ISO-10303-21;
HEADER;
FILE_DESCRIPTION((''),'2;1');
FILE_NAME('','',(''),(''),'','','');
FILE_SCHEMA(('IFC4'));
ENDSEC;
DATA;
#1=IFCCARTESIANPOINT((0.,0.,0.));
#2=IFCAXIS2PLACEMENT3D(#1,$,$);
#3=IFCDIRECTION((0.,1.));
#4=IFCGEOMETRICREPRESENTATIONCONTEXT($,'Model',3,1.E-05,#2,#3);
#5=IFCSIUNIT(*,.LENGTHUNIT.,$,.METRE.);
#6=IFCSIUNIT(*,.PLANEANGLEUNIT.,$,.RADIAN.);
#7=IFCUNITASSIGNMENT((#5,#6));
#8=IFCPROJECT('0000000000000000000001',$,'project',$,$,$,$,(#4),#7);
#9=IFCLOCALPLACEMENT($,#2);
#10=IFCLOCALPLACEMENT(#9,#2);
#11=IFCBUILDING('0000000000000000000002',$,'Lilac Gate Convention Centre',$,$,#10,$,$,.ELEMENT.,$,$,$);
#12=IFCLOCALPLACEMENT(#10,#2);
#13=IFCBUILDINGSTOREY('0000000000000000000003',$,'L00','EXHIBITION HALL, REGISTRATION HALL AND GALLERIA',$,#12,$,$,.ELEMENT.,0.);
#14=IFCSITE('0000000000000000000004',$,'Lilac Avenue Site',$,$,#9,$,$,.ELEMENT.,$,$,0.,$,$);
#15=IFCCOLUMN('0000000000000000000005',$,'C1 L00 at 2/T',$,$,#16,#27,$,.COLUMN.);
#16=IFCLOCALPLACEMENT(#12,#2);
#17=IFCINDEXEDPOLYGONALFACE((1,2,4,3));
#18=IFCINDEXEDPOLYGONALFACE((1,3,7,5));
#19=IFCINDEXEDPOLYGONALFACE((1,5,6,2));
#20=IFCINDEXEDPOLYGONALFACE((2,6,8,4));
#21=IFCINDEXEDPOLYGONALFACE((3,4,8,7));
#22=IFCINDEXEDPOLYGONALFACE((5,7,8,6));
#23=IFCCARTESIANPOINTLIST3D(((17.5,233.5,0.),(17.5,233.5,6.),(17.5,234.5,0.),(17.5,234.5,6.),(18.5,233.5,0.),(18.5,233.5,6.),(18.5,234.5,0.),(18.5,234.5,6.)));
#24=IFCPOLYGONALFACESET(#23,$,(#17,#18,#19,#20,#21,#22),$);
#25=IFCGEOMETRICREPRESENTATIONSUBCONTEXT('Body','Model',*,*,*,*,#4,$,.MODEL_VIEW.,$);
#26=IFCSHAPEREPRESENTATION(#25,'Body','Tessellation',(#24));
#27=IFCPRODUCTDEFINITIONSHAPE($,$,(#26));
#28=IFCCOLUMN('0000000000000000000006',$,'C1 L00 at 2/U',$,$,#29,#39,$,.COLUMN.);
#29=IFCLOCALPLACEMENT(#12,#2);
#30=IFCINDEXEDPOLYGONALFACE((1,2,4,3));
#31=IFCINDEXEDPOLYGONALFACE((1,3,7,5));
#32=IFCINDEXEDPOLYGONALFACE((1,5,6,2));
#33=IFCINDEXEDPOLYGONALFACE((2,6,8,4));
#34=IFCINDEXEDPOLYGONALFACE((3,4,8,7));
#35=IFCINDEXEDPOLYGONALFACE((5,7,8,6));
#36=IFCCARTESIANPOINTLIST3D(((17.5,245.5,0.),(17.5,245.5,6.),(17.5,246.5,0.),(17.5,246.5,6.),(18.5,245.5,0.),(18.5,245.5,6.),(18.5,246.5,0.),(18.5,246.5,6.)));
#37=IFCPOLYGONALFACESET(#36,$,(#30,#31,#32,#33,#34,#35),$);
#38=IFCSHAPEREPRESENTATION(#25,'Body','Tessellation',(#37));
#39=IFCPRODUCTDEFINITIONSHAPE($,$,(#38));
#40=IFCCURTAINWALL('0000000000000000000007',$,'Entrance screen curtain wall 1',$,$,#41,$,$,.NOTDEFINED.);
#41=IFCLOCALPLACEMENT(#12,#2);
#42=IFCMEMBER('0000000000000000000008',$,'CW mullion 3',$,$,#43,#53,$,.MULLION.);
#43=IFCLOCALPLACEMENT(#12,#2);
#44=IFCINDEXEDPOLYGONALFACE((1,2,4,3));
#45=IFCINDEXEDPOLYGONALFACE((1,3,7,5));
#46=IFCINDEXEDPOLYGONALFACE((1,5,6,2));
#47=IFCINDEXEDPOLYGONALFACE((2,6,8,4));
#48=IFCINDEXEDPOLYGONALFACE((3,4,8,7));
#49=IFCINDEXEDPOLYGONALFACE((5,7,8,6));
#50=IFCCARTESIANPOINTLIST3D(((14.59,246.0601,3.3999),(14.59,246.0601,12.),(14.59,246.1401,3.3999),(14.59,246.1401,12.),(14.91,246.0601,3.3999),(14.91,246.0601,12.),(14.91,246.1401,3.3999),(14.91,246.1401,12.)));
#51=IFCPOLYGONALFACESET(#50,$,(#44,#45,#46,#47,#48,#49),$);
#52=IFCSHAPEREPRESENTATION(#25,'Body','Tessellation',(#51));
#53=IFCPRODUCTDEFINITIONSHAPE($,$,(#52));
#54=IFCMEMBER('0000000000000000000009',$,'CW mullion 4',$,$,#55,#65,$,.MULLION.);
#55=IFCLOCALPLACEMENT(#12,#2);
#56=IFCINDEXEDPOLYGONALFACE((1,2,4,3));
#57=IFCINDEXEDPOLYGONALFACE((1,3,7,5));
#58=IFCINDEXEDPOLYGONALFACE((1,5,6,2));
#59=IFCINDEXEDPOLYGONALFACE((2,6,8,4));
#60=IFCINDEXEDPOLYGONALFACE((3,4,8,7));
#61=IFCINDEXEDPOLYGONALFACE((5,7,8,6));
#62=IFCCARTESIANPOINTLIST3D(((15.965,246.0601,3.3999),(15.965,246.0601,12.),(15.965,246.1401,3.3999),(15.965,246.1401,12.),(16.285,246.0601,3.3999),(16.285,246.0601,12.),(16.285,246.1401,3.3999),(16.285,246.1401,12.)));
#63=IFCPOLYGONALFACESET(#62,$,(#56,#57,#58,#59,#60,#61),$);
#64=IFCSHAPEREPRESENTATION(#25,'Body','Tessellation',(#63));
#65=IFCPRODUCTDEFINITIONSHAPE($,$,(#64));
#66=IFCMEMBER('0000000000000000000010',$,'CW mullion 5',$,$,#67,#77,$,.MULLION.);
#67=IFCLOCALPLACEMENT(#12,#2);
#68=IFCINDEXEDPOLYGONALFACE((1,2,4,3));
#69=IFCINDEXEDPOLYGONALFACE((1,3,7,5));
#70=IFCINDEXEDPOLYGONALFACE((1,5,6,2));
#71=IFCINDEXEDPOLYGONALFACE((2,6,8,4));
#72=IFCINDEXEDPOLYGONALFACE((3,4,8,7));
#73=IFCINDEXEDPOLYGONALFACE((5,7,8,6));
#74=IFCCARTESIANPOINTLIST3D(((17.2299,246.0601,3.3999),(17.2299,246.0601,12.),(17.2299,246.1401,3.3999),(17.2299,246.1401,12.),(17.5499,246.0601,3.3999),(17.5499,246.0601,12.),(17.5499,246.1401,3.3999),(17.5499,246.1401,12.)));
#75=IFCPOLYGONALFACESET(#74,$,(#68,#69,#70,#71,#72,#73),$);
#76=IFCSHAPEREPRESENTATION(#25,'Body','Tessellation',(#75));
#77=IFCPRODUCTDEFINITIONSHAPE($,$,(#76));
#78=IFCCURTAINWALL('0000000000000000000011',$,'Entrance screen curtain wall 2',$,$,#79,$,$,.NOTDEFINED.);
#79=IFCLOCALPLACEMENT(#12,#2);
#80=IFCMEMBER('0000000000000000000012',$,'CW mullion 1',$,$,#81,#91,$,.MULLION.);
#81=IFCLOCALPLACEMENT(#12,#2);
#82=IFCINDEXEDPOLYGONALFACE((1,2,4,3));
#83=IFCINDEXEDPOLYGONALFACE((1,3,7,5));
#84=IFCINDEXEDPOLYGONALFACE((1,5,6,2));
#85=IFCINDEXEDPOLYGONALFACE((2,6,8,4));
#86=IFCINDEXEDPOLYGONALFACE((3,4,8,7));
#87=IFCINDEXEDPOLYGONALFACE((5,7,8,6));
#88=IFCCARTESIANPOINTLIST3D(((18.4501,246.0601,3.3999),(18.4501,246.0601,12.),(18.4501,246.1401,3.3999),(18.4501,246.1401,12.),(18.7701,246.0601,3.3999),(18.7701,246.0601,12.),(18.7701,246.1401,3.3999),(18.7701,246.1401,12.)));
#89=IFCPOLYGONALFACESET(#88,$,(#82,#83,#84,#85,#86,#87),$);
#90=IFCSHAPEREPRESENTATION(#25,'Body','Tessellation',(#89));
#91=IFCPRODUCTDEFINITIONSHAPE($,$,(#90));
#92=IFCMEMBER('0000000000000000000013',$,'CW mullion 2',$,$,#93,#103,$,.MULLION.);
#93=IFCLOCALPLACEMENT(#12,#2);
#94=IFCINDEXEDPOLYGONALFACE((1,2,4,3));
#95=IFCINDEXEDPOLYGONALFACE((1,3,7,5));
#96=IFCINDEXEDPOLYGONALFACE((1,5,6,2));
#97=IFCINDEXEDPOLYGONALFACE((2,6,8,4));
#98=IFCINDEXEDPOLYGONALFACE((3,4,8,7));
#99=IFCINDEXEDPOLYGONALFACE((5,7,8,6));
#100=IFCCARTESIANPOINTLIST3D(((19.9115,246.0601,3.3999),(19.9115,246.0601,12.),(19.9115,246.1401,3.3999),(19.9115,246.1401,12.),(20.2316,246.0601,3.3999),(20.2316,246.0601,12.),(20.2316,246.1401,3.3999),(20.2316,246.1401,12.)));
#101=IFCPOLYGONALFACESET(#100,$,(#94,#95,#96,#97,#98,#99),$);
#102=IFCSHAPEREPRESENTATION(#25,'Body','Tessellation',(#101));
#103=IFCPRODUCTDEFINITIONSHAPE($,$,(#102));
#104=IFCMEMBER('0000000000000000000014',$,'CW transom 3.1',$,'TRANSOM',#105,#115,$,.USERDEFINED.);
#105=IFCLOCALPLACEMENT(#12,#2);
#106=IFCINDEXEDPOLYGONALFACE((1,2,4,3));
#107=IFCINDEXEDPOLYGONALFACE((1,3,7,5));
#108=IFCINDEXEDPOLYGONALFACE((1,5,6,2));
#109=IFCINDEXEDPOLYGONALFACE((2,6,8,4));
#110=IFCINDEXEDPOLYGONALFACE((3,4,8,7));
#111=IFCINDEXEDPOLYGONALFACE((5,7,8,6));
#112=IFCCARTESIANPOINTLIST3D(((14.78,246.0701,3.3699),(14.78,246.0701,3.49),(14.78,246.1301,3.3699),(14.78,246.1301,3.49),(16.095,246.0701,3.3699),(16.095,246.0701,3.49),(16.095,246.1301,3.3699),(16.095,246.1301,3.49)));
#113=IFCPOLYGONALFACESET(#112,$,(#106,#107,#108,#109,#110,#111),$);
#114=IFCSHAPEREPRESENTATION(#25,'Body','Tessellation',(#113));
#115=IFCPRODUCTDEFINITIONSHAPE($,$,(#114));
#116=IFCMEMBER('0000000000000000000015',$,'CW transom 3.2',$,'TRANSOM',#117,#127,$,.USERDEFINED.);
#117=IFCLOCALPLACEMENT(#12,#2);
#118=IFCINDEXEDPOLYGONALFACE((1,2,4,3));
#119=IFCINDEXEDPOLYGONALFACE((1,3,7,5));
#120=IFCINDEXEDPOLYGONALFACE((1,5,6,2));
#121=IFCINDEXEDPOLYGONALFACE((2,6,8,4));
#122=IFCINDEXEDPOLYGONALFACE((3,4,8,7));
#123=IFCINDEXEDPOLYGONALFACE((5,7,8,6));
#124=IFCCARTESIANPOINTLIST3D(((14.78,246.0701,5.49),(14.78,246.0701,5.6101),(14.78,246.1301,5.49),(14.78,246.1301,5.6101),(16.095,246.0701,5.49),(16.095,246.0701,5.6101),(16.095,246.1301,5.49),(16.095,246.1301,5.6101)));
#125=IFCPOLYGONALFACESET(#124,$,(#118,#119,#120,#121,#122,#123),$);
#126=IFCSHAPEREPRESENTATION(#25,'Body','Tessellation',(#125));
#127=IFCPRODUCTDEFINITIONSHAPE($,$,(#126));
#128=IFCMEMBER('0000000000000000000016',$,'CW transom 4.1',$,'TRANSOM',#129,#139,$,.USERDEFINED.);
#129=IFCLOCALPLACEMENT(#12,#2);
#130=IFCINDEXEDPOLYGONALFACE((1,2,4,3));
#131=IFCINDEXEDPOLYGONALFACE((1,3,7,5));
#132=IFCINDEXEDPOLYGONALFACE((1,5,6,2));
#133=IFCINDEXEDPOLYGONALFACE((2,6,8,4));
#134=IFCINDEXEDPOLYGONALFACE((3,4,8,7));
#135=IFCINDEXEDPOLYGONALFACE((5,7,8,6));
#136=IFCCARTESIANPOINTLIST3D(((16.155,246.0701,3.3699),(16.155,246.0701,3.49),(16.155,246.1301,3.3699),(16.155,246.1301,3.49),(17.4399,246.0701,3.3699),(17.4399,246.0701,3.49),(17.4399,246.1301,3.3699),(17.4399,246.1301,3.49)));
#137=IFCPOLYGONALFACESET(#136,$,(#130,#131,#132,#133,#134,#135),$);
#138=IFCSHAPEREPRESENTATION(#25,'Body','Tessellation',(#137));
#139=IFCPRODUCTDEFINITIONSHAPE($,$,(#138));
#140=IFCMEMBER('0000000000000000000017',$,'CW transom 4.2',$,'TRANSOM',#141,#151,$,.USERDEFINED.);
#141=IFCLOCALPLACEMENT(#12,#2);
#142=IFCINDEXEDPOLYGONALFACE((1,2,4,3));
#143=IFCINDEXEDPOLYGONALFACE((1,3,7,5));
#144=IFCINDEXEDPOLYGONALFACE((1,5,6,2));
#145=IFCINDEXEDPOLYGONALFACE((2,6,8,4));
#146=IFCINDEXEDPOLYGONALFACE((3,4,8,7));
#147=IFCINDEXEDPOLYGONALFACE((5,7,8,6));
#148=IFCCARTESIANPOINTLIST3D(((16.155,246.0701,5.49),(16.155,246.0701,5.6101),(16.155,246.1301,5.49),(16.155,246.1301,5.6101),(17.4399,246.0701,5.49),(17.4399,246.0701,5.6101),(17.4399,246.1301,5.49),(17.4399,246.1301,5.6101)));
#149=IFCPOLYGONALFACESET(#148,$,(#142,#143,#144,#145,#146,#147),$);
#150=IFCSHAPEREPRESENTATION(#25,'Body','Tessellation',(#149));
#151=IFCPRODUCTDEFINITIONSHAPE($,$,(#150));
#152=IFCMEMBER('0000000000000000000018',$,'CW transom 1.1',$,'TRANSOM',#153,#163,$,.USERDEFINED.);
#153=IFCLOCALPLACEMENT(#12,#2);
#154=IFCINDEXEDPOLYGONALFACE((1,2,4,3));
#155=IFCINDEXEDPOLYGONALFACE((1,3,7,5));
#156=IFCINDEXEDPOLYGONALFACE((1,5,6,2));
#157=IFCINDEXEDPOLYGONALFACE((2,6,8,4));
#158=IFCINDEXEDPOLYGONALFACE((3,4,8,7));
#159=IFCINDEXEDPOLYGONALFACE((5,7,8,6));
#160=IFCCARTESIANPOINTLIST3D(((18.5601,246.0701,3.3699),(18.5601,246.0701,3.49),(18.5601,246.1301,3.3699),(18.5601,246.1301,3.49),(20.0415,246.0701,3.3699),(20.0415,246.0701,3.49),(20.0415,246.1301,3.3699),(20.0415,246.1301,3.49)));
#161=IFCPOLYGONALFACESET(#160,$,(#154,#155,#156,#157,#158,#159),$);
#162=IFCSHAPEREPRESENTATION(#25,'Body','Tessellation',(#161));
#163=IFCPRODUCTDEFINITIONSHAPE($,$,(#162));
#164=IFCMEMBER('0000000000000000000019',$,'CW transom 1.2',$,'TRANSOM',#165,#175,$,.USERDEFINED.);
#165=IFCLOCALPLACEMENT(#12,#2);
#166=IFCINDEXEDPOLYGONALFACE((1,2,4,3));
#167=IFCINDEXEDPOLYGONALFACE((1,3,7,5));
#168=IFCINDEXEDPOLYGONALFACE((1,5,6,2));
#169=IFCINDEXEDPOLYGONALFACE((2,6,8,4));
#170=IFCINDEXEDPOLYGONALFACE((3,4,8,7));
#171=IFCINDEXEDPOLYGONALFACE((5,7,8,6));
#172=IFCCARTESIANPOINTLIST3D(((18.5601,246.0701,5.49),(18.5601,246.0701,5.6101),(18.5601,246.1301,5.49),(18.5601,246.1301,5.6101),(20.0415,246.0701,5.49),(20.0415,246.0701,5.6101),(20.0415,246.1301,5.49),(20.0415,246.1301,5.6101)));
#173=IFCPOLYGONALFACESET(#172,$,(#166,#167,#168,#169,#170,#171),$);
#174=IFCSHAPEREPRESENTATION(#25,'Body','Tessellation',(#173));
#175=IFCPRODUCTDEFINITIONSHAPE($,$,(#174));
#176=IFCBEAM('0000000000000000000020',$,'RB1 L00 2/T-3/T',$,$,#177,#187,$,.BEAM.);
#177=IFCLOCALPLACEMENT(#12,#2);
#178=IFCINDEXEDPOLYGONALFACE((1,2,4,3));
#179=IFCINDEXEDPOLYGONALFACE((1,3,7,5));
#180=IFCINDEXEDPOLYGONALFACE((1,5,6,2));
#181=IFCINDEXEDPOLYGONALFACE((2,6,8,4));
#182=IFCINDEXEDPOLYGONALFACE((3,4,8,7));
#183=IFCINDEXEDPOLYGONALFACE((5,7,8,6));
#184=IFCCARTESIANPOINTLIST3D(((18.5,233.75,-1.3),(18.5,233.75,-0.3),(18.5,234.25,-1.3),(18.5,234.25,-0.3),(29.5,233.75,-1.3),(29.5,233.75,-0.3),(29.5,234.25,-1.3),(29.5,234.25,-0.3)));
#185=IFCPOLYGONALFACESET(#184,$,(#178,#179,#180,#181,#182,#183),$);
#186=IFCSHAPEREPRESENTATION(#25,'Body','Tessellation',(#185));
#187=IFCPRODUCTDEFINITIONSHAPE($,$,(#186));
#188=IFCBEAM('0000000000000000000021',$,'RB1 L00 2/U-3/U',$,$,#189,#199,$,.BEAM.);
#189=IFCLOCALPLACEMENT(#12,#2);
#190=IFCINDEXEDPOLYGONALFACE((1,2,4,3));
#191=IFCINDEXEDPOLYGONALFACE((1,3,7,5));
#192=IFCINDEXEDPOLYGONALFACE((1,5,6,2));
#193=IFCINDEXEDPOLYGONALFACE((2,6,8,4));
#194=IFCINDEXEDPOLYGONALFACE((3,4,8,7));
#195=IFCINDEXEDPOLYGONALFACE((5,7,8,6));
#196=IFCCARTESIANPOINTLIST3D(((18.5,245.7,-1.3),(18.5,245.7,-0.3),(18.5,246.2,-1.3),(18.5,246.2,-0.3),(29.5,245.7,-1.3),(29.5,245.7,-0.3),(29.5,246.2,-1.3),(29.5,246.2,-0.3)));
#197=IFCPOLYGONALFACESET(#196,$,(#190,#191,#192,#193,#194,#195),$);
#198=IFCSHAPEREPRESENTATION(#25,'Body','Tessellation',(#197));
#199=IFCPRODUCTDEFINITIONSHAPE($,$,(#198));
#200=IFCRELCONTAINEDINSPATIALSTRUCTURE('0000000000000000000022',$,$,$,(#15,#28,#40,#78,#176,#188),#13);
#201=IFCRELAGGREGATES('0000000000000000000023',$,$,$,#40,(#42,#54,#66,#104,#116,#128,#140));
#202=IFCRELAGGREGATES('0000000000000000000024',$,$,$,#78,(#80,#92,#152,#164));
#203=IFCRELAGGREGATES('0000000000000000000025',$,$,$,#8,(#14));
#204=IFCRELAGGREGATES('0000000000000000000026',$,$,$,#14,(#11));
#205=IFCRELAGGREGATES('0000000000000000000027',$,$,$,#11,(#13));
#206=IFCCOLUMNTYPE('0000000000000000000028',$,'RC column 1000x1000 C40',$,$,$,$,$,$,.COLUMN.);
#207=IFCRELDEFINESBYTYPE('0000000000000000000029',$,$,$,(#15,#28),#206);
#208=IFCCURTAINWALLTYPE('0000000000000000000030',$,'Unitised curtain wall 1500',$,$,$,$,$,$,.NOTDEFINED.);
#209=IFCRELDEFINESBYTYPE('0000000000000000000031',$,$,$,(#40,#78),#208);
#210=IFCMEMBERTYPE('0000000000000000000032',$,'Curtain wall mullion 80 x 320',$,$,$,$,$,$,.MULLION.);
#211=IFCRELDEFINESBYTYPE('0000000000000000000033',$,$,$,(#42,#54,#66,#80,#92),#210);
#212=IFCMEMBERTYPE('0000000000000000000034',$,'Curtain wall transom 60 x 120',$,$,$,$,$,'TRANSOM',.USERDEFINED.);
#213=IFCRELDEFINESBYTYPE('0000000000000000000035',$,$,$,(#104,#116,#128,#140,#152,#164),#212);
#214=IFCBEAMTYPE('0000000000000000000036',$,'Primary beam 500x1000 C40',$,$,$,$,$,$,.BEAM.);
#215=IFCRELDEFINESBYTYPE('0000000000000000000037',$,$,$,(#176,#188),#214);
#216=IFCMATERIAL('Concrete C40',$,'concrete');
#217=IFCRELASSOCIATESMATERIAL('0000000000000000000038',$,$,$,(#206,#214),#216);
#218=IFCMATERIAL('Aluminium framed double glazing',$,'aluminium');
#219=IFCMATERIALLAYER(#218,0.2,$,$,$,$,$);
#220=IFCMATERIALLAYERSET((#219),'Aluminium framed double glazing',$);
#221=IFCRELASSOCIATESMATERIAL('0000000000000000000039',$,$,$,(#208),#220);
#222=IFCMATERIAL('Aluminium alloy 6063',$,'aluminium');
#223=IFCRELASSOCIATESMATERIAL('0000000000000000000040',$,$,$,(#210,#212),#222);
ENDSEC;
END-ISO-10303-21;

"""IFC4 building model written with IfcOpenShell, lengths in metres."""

from ifc_helpers import new_model, si_unit, direction, frame, origin, origin_2d, place, context, subcontext, project, spatial, rectangle, extrude, material, layer, layer_set, material_profile, profile_set, type_object, element, aggregate, save


model = new_model("IFC4")

# Units and contexts
model_context = context("Model", 3, precision=1e-05, world=origin(), true_north=direction((0.0, 1.0)))
body_context = subcontext(model_context, "Body", "Model", "MODEL_VIEW")
ifc_project = project(units=[si_unit("LENGTHUNIT", "METRE"), si_unit("PLANEANGLEUNIT", "RADIAN")], contexts=[model_context])

# Site, building, storey
site_placement = place(None, origin())
site = spatial("IfcSite", under=ifc_project, at=site_placement, Name="Lilac Avenue Site", CompositionType="ELEMENT", RefElevation=0.0)
building_placement = place(site_placement, origin())
building = spatial("IfcBuilding", under=site, at=building_placement, Name="Lilac Gate Convention Centre", CompositionType="ELEMENT")
storey_placement = place(building_placement, origin())
storey = spatial("IfcBuildingStorey", under=building, at=storey_placement, Name="L00", Description="EXHIBITION HALL, REGISTRATION HALL AND GALLERIA", CompositionType="ELEMENT", Elevation=0.0)

# Columns
ifc_material_1 = material(Name="Concrete C40", Category="concrete")
ifc_material_profile_1 = material_profile(ifc_material_1, rectangle(XDim=1.0, YDim=1.0, at=origin_2d()), Name="RC 1000x1000")
ifc_profile_set_1 = profile_set([ifc_material_profile_1], Name="Concrete C40")
column_type = type_object("IfcColumnType", Name="RC column 1000x1000 C40", PredefinedType="COLUMN", material=ifc_profile_set_1)
for number, where, z_axis, x_axis, name in (
    (1, (18.0, 234.0, 0.0), (0.0, 0.0, 1.0), (1.0, 0.0, 0.0), "C1 L00 at 2/T"),
    (2, (18.0, 246.0, 0.0), (0.0, 0.0, 1.0), (1.0, 0.0, 0.0), "C1 L00 at 2/U"),
):
    element("IfcColumn", number, at=place(storey_placement, frame(where, z_axis=z_axis, x_axis=x_axis)), inside=storey, type_object=column_type, Name=name, PredefinedType="COLUMN", context=body_context, shape_type="SweptSolid", body=[
        extrude(rectangle(XDim=1.0, YDim=1.0, at=origin_2d()), origin(), (0.0, 0.0, 1.0), 6.0),
    ])

# Curtain walls, members
ifc_material_2 = material(Name="Aluminium framed double glazing", Category="aluminium")
ifc_layer_1 = layer(ifc_material_2, 0.2)
ifc_layer_set_1 = layer_set([ifc_layer_1], Name="Aluminium framed double glazing")
curtain_wall_type = type_object("IfcCurtainWallType", Name="Unitised curtain wall 1500", PredefinedType="NOTDEFINED", material=ifc_layer_set_1)
curtain_wall_1_placement = place(storey_placement, origin())
curtain_wall_1 = element("IfcCurtainWall", 3, at=curtain_wall_1_placement, inside=storey, type_object=curtain_wall_type, Name="Entrance screen curtain wall 1", PredefinedType="NOTDEFINED")
ifc_material_3 = material(Name="Aluminium alloy 6063", Category="aluminium")
ifc_material_profile_2 = material_profile(ifc_material_3, rectangle(XDim=0.0801, YDim=0.3201, at=origin_2d()), Name="Curtain wall mullion 80 x 320")
ifc_profile_set_2 = profile_set([ifc_material_profile_2], Name="Aluminium alloy 6063")
member_type_1 = type_object("IfcMemberType", Name="Curtain wall mullion 80 x 320", PredefinedType="MULLION", material=ifc_profile_set_2)
member_1_placement = place(storey_placement, frame((14.75, 246.1001, 3.3999), z_axis=(0.0, 0.0, 1.0), x_axis=(0.0, 1.0, 0.0)))
member_1 = element("IfcMember", 4, at=member_1_placement, type_object=member_type_1, Name="CW mullion 3", PredefinedType="MULLION", context=body_context, shape_type="SweptSolid", body=[
    extrude(rectangle(XDim=0.0801, YDim=0.3201, at=origin_2d()), origin(), (0.0, 0.0, 1.0), 8.6001),
])
member_2_placement = place(storey_placement, frame((16.125, 246.1001, 3.3999), z_axis=(0.0, 0.0, 1.0), x_axis=(0.0, 1.0, 0.0)))
member_2 = element("IfcMember", 5, at=member_2_placement, type_object=member_type_1, Name="CW mullion 4", PredefinedType="MULLION", context=body_context, shape_type="SweptSolid", body=[
    extrude(rectangle(XDim=0.0801, YDim=0.3201, at=origin_2d()), origin(), (0.0, 0.0, 1.0), 8.6001),
])
member_3_placement = place(storey_placement, frame((17.3899, 246.1001, 3.3999), z_axis=(0.0, 0.0, 1.0), x_axis=(0.0, 1.0, 0.0)))
member_3 = element("IfcMember", 6, at=member_3_placement, type_object=member_type_1, Name="CW mullion 5", PredefinedType="MULLION", context=body_context, shape_type="SweptSolid", body=[
    extrude(rectangle(XDim=0.0801, YDim=0.3201, at=origin_2d()), origin(), (0.0, 0.0, 1.0), 8.6001),
])
curtain_wall_2_placement = place(storey_placement, origin())
curtain_wall_2 = element("IfcCurtainWall", 7, at=curtain_wall_2_placement, inside=storey, type_object=curtain_wall_type, Name="Entrance screen curtain wall 2", PredefinedType="NOTDEFINED")
member_4_placement = place(storey_placement, frame((18.6101, 246.1001, 3.3999), z_axis=(0.0, 0.0, 1.0), x_axis=(0.0, 1.0, 0.0)))
member_4 = element("IfcMember", 8, at=member_4_placement, type_object=member_type_1, Name="CW mullion 1", PredefinedType="MULLION", context=body_context, shape_type="SweptSolid", body=[
    extrude(rectangle(XDim=0.0801, YDim=0.3201, at=origin_2d()), origin(), (0.0, 0.0, 1.0), 8.6001),
])
member_5_placement = place(storey_placement, frame((20.0715, 246.1001, 3.3999), z_axis=(0.0, 0.0, 1.0), x_axis=(0.0, 1.0, 0.0)))
member_5 = element("IfcMember", 9, at=member_5_placement, type_object=member_type_1, Name="CW mullion 2", PredefinedType="MULLION", context=body_context, shape_type="SweptSolid", body=[
    extrude(rectangle(XDim=0.0801, YDim=0.3201, at=origin_2d()), origin(), (0.0, 0.0, 1.0), 8.6001),
])

# Members
ifc_material_profile_3 = material_profile(ifc_material_3, rectangle(XDim=0.0601, YDim=0.1201, at=origin_2d()), Name="Curtain wall transom 60 x 120")
ifc_profile_set_3 = profile_set([ifc_material_profile_3], Name="Aluminium alloy 6063")
member_type_2 = type_object("IfcMemberType", Name="Curtain wall transom 60 x 120", ElementType="TRANSOM", PredefinedType="USERDEFINED", material=ifc_profile_set_3)
member_6_placement = place(storey_placement, frame((14.78, 246.1001, 3.4299), z_axis=(1.0, 0.0, 0.0), x_axis=(0.0, 1.0, 0.0)))
member_6 = element("IfcMember", 10, at=member_6_placement, type_object=member_type_2, Name="CW transom 3.1", ObjectType="TRANSOM", PredefinedType="USERDEFINED", context=body_context, shape_type="SweptSolid", body=[
    extrude(rectangle(XDim=0.0601, YDim=0.1201, at=origin_2d()), origin(), (0.0, 0.0, 1.0), 1.3149),
])
member_7_placement = place(storey_placement, frame((14.78, 246.1001, 5.55), z_axis=(1.0, 0.0, 0.0), x_axis=(0.0, 1.0, 0.0)))
member_7 = element("IfcMember", 11, at=member_7_placement, type_object=member_type_2, Name="CW transom 3.2", ObjectType="TRANSOM", PredefinedType="USERDEFINED", context=body_context, shape_type="SweptSolid", body=[
    extrude(rectangle(XDim=0.0601, YDim=0.1201, at=origin_2d()), origin(), (0.0, 0.0, 1.0), 1.3149),
])
member_8_placement = place(storey_placement, frame((16.155, 246.1001, 3.4299), z_axis=(1.0, 0.0, 0.0), x_axis=(0.0, 1.0, 0.0)))
member_8 = element("IfcMember", 12, at=member_8_placement, type_object=member_type_2, Name="CW transom 4.1", ObjectType="TRANSOM", PredefinedType="USERDEFINED", context=body_context, shape_type="SweptSolid", body=[
    extrude(rectangle(XDim=0.0601, YDim=0.1201, at=origin_2d()), origin(), (0.0, 0.0, 1.0), 1.2849),
])
member_9_placement = place(storey_placement, frame((16.155, 246.1001, 5.55), z_axis=(1.0, 0.0, 0.0), x_axis=(0.0, 1.0, 0.0)))
member_9 = element("IfcMember", 13, at=member_9_placement, type_object=member_type_2, Name="CW transom 4.2", ObjectType="TRANSOM", PredefinedType="USERDEFINED", context=body_context, shape_type="SweptSolid", body=[
    extrude(rectangle(XDim=0.0601, YDim=0.1201, at=origin_2d()), origin(), (0.0, 0.0, 1.0), 1.2849),
])
member_10_placement = place(storey_placement, frame((18.5601, 246.1001, 3.4299), z_axis=(1.0, 0.0, 0.0), x_axis=(0.0, 1.0, 0.0)))
member_10 = element("IfcMember", 14, at=member_10_placement, type_object=member_type_2, Name="CW transom 1.1", ObjectType="TRANSOM", PredefinedType="USERDEFINED", context=body_context, shape_type="SweptSolid", body=[
    extrude(rectangle(XDim=0.0601, YDim=0.1201, at=origin_2d()), origin(), (0.0, 0.0, 1.0), 1.4814),
])
member_11_placement = place(storey_placement, frame((18.5601, 246.1001, 5.55), z_axis=(1.0, 0.0, 0.0), x_axis=(0.0, 1.0, 0.0)))
member_11 = element("IfcMember", 15, at=member_11_placement, type_object=member_type_2, Name="CW transom 1.2", ObjectType="TRANSOM", PredefinedType="USERDEFINED", context=body_context, shape_type="SweptSolid", body=[
    extrude(rectangle(XDim=0.0601, YDim=0.1201, at=origin_2d()), origin(), (0.0, 0.0, 1.0), 1.4814),
])

# Beams
ifc_material_profile_4 = material_profile(ifc_material_1, rectangle(XDim=0.5, YDim=1.0, at=origin_2d()), Name="RC 500x1000")
ifc_profile_set_4 = profile_set([ifc_material_profile_4], Name="Concrete C40")
beam_type_1 = type_object("IfcBeamType", Name="Primary beam 500x1000 C40", PredefinedType="BEAM", material=ifc_profile_set_4)
for number, where, z_axis, x_axis, name in (
    (16, (18.5, 234.0, -0.8), (1.0, 0.0, 0.0), (0.0, 1.0, 0.0), "RB1 L00 2/T-3/T"),
    (17, (18.5, 245.95, -0.8), (1.0, 0.0, 0.0), (0.0, 1.0, 0.0), "RB1 L00 2/U-3/U"),
):
    element("IfcBeam", number, at=place(storey_placement, frame(where, z_axis=z_axis, x_axis=x_axis)), inside=storey, type_object=beam_type_1, Name=name, PredefinedType="BEAM", context=body_context, shape_type="SweptSolid", body=[
        extrude(rectangle(XDim=0.5, YDim=1.0, at=origin_2d()), origin(), (0.0, 0.0, 1.0), 11.0),
    ])

aggregate(curtain_wall_1, [member_1, member_2, member_3, member_6, member_7, member_8, member_9])
aggregate(curtain_wall_2, [member_4, member_5, member_10, member_11])

save(model, "model.ifc")
